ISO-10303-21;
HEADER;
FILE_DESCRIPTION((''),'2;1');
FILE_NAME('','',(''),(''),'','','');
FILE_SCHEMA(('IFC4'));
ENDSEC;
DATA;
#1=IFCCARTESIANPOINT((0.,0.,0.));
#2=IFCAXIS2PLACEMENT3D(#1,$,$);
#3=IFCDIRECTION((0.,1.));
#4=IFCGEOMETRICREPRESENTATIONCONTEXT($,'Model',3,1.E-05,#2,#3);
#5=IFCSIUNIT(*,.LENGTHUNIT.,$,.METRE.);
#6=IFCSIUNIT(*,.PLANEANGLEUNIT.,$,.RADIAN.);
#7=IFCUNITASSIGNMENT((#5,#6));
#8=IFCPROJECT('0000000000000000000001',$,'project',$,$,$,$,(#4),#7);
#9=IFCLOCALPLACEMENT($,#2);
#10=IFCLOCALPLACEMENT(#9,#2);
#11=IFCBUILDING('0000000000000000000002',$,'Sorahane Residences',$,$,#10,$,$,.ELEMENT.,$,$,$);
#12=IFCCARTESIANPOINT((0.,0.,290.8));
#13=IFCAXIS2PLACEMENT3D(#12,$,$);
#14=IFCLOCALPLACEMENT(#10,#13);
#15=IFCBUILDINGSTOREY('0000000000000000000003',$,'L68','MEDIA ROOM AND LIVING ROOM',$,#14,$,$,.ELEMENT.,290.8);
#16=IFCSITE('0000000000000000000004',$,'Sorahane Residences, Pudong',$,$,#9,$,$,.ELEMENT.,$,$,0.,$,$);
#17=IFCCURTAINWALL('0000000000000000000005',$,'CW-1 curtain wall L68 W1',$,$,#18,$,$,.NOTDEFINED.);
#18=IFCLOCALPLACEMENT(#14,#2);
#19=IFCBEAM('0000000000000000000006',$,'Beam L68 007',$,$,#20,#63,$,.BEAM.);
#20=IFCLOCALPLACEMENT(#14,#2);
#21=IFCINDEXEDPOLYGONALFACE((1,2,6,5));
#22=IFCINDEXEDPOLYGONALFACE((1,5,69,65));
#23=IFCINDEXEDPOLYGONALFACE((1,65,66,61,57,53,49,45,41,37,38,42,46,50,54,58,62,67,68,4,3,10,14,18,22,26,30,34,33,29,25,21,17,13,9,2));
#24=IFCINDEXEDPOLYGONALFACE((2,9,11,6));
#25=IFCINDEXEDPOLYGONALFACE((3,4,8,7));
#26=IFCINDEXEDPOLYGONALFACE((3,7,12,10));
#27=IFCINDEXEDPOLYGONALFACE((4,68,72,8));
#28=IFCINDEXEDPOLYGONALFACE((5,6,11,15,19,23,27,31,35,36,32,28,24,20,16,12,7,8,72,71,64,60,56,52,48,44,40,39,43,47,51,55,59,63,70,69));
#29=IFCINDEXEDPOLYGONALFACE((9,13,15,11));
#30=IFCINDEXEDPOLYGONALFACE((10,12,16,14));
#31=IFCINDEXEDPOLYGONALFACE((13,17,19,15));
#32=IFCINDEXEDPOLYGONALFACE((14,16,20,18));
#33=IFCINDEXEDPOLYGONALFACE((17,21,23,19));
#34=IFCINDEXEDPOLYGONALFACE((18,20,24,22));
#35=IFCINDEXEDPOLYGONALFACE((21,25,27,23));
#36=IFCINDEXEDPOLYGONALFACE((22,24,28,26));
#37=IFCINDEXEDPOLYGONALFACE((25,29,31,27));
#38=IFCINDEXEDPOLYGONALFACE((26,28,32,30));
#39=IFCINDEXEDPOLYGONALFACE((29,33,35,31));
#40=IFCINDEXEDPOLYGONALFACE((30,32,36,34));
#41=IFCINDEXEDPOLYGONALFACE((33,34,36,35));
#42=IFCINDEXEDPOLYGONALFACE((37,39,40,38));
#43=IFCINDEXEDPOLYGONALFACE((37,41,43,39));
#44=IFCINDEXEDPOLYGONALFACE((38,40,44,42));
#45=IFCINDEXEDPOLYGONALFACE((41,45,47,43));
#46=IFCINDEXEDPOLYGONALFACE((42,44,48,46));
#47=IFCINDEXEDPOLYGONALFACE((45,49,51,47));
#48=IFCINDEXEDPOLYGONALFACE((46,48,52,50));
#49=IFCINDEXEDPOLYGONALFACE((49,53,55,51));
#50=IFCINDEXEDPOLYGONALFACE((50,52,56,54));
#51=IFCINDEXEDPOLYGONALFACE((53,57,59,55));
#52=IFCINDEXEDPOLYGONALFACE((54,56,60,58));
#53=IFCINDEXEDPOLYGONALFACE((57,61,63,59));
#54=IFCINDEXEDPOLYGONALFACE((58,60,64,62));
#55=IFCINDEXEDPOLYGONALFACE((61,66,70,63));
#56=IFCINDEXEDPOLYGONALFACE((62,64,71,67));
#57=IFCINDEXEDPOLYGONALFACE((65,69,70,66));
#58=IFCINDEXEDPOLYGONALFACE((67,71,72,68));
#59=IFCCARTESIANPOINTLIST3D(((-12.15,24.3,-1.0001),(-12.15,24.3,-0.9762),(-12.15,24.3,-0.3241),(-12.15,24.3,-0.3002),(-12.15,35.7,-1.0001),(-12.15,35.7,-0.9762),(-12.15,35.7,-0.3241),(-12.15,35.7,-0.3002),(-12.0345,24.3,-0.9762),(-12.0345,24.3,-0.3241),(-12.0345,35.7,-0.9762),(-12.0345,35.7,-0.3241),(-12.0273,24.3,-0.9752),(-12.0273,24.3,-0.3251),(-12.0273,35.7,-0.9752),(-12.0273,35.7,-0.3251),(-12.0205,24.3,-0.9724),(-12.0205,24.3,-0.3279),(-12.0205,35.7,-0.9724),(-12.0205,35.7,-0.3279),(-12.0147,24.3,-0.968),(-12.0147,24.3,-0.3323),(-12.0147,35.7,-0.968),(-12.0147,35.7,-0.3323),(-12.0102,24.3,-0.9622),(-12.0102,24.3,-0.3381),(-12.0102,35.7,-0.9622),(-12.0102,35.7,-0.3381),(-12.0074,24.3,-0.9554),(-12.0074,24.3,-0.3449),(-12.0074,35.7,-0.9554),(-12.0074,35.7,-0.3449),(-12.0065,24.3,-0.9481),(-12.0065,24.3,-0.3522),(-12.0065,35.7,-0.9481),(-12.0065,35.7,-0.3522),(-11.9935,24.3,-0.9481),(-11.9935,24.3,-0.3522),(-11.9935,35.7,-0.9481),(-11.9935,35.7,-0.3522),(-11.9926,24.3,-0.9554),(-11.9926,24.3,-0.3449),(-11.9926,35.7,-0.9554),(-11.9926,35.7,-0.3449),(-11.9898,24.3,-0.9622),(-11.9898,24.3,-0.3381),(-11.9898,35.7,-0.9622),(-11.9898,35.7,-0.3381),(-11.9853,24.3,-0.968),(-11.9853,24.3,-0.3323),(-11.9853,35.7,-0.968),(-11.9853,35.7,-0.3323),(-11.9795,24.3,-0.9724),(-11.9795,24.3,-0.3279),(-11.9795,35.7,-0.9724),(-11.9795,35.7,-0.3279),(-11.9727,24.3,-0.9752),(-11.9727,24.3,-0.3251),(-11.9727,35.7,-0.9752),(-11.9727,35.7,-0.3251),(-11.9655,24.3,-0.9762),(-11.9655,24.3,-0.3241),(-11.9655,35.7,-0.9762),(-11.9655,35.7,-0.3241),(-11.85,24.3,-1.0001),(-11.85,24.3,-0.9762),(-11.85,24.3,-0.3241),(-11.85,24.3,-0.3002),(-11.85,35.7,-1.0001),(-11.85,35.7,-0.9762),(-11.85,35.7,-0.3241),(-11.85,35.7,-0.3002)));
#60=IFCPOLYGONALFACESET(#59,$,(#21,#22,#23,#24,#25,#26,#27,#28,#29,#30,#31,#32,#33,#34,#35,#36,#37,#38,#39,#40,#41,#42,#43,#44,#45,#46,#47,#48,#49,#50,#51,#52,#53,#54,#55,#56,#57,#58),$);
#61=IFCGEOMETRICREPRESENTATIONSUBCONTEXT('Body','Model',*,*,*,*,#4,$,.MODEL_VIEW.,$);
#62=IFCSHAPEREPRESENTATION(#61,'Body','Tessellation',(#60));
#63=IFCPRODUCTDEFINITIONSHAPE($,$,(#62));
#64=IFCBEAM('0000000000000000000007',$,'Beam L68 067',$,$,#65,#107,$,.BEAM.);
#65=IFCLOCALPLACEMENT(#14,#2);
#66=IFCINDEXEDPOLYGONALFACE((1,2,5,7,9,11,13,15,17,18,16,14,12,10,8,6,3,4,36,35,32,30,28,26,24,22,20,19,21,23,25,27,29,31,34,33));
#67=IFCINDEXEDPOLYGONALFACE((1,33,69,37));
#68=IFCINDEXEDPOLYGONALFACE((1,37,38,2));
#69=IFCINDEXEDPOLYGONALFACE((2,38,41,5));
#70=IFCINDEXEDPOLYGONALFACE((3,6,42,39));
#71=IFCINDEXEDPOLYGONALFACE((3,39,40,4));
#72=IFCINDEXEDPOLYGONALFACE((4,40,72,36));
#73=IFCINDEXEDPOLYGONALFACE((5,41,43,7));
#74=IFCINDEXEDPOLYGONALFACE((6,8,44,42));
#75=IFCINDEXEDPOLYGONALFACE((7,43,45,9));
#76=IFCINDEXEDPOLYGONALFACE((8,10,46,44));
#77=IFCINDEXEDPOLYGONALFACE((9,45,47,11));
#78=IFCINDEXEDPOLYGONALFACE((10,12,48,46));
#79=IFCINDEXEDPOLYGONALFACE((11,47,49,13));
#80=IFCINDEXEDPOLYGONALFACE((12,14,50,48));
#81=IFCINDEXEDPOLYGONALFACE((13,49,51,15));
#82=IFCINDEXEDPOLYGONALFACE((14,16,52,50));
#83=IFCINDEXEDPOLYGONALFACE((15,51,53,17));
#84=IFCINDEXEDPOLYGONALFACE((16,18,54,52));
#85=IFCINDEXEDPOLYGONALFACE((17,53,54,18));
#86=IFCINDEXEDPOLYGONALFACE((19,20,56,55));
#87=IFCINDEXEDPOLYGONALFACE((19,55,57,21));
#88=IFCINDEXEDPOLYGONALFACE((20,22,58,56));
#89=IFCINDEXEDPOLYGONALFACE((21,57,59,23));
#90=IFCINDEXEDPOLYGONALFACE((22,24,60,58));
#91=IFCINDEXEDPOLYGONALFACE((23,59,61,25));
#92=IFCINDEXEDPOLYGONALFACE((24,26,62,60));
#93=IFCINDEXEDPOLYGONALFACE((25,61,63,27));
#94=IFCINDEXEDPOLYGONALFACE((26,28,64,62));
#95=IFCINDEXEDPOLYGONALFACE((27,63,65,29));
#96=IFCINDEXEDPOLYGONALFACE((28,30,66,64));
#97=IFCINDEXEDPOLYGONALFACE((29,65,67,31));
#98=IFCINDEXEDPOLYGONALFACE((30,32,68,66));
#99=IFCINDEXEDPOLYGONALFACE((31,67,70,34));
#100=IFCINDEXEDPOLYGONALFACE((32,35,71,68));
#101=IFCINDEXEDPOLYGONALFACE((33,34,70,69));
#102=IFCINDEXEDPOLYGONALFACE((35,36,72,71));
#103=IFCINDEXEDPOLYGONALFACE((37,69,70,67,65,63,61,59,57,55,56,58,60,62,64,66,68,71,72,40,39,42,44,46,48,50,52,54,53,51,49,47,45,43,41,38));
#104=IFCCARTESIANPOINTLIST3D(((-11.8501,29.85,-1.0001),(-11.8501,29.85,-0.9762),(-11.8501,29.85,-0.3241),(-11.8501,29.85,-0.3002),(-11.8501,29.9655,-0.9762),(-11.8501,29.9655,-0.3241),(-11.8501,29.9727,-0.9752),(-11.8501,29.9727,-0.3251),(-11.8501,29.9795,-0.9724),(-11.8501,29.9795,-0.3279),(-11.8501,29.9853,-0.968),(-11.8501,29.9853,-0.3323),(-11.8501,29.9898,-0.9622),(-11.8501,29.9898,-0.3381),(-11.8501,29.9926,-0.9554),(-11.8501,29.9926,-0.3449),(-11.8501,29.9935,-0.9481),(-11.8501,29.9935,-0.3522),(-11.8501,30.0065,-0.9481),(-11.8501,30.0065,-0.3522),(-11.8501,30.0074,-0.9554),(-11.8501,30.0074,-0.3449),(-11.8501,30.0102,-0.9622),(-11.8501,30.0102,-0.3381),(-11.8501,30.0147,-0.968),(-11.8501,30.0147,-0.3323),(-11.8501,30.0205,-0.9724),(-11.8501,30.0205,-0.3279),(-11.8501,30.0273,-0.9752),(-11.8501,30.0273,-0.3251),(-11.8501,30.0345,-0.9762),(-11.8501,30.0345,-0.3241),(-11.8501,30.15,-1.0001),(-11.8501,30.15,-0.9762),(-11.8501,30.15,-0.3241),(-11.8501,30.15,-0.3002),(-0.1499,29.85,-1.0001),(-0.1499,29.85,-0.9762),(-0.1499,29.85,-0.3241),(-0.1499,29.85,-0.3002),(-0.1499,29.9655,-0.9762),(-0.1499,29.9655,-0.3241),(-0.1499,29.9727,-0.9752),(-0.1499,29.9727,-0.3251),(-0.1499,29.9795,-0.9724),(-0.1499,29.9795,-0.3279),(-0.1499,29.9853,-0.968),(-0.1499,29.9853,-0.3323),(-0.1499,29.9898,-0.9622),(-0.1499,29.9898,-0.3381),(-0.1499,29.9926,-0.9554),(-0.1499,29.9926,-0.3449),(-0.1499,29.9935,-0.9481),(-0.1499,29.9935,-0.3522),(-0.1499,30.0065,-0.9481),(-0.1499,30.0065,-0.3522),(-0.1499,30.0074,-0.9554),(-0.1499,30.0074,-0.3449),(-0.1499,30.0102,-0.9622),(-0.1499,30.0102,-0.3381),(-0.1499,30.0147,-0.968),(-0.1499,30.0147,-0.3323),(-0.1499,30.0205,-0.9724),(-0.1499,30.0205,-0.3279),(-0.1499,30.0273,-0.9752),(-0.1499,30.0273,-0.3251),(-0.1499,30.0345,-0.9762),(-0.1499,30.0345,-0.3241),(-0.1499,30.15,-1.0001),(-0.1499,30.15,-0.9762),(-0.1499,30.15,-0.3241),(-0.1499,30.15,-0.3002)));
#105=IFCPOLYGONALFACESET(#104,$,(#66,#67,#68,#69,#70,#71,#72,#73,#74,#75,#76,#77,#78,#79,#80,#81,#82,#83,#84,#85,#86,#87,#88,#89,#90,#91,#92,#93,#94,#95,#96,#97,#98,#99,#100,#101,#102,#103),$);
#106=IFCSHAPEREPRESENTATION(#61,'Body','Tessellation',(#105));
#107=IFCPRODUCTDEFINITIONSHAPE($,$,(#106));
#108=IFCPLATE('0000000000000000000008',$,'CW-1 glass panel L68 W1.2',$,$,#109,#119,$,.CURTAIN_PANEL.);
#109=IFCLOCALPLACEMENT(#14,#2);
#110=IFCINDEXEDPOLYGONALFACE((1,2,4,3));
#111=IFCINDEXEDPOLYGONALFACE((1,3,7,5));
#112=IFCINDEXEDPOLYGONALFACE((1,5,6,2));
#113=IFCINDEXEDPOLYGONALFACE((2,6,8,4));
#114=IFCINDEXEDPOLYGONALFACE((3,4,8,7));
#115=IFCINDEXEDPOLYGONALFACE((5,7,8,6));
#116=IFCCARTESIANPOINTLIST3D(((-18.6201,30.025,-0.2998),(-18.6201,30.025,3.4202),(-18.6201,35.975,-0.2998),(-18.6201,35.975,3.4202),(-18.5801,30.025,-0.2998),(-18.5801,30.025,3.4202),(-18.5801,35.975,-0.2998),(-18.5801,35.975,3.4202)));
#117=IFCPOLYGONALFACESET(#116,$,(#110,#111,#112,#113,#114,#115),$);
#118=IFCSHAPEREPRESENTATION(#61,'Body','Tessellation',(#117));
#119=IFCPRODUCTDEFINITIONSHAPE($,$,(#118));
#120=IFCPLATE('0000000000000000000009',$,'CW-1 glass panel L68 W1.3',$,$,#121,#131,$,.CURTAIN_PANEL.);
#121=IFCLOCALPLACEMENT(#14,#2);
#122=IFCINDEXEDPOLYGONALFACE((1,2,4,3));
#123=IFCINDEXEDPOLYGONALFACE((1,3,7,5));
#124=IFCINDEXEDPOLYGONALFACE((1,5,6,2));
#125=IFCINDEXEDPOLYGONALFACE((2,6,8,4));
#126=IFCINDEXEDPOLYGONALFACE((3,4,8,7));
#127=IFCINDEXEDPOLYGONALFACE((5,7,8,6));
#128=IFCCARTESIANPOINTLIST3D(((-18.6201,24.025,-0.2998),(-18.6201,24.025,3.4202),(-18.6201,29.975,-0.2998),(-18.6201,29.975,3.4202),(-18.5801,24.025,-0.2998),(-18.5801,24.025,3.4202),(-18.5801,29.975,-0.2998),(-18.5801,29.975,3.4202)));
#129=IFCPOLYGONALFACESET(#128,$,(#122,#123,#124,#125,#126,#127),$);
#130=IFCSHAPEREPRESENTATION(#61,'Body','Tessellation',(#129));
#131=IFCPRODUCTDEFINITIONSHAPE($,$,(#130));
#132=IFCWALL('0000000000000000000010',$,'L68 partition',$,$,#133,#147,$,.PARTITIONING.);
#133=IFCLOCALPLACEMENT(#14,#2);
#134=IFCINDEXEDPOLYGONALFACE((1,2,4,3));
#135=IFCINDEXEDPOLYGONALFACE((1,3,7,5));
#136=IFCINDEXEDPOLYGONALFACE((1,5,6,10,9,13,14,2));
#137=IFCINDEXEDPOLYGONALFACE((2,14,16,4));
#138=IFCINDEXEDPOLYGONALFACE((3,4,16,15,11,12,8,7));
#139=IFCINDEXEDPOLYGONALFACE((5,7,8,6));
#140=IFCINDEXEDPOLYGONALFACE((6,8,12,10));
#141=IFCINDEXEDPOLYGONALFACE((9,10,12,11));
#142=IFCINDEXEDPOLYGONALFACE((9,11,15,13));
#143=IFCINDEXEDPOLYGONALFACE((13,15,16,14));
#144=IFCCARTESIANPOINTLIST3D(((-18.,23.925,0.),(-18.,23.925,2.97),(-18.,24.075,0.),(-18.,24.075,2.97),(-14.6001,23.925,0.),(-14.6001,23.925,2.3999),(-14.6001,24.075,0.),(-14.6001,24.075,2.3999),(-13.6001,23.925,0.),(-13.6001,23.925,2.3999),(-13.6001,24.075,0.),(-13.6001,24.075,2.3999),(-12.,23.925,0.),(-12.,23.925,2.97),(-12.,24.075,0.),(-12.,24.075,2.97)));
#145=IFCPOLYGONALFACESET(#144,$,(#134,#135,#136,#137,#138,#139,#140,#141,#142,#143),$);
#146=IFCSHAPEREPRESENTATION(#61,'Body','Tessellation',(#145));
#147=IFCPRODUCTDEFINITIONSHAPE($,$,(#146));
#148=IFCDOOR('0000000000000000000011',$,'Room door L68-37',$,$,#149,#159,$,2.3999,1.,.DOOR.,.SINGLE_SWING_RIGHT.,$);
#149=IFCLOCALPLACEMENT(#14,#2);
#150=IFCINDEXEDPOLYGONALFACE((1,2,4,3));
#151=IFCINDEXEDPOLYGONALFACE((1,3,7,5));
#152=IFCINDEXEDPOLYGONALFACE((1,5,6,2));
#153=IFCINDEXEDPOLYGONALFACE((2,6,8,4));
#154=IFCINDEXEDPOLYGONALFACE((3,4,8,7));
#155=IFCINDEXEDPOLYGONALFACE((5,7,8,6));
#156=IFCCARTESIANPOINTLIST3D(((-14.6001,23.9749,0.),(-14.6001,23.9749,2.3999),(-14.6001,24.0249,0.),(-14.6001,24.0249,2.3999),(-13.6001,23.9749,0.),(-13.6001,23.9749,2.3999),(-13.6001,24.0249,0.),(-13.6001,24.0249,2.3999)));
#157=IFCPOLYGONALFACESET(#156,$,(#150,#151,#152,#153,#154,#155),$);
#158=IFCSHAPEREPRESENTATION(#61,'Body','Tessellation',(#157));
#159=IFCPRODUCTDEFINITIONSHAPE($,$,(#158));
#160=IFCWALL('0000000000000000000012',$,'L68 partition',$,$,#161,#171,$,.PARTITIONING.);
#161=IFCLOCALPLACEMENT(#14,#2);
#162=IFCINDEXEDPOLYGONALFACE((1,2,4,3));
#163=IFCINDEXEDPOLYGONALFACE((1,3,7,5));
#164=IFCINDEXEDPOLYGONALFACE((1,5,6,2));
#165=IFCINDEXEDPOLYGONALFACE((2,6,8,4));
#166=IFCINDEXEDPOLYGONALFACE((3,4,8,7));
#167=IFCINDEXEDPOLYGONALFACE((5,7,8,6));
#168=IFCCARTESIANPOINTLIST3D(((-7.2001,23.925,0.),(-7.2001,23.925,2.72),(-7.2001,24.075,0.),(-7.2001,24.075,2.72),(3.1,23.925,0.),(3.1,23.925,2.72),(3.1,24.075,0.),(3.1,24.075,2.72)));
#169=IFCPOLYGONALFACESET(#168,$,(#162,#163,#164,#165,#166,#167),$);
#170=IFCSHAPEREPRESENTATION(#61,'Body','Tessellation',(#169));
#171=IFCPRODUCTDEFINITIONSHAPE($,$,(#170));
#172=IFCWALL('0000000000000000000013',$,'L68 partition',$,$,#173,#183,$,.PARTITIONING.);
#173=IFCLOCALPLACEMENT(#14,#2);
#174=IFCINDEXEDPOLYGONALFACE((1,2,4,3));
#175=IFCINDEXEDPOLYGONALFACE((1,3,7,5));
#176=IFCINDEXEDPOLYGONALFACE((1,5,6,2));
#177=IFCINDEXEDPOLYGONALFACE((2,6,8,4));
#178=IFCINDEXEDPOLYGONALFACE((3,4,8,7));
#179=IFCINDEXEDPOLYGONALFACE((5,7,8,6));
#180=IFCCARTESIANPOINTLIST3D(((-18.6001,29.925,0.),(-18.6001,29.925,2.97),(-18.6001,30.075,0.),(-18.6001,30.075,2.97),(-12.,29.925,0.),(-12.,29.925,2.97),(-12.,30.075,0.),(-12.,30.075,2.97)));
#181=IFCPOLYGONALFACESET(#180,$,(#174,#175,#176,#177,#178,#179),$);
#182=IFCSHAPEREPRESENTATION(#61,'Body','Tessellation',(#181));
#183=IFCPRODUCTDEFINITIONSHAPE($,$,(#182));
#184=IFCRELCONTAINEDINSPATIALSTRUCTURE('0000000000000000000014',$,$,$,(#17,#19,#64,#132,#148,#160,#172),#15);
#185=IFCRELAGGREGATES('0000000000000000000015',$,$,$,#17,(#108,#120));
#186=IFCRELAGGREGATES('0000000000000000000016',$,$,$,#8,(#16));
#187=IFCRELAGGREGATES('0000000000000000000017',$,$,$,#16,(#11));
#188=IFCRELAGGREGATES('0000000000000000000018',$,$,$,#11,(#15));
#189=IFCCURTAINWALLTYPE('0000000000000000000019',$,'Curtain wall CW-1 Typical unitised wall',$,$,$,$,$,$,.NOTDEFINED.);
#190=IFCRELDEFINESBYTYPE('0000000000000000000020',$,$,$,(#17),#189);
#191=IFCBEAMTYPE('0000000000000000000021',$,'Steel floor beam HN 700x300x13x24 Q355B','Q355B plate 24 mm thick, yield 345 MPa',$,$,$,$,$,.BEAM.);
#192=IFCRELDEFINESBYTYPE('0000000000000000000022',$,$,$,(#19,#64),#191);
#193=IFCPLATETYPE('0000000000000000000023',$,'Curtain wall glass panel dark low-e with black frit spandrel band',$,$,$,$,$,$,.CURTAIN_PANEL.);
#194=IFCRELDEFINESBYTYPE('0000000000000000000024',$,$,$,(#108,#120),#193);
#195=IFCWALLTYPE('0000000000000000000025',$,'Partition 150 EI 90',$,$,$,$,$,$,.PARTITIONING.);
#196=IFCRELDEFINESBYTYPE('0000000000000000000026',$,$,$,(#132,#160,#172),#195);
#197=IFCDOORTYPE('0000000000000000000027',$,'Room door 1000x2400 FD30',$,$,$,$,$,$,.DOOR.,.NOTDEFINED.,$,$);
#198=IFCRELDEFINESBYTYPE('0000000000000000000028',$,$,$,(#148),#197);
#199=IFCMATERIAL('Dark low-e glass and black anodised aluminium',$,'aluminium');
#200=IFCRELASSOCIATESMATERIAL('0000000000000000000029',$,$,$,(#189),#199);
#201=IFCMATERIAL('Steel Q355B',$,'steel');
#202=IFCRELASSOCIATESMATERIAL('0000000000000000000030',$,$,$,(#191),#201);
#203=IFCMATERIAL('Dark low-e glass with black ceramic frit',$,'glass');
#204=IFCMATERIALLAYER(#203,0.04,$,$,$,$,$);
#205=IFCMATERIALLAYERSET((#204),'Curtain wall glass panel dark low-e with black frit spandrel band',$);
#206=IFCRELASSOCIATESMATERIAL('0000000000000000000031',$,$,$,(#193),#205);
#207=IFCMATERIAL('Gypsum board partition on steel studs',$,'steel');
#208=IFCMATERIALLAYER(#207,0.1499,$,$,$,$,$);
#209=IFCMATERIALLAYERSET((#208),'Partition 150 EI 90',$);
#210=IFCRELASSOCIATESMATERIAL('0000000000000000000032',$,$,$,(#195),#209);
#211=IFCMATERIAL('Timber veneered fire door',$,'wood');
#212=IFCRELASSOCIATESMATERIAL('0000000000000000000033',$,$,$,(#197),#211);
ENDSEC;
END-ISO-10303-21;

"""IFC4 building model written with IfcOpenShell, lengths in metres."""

from ifc_helpers import new_model, si_unit, direction, frame, frame_2d, origin, origin_2d, place, context, subcontext, project, spatial, rectangle, i_section, extrude, material, layer, layer_set, material_profile, profile_set, type_object, element, fill, aggregate, save


model = new_model("IFC4")

# Units and contexts
model_context = context("Model", 3, precision=1e-05, world=origin(), true_north=direction((0.0, 1.0)))
body_context = subcontext(model_context, "Body", "Model", "MODEL_VIEW")
ifc_project = project(units=[si_unit("LENGTHUNIT", "METRE"), si_unit("PLANEANGLEUNIT", "RADIAN")], contexts=[model_context])

# Site, building, storey
site_placement = place(None, origin())
site = spatial("IfcSite", under=ifc_project, at=site_placement, Name="Sorahane Residences, Pudong", CompositionType="ELEMENT", RefElevation=0.0)
building_placement = place(site_placement, origin())
building = spatial("IfcBuilding", under=site, at=building_placement, Name="Sorahane Residences", CompositionType="ELEMENT")
storey_placement = place(building_placement, frame((0.0, 0.0, 290.8)))
storey = spatial("IfcBuildingStorey", under=building, at=storey_placement, Name="L68", Description="MEDIA ROOM AND LIVING ROOM", CompositionType="ELEMENT", Elevation=290.8)

# Curtain wall
ifc_material_1 = material(Name="Dark low-e glass and black anodised aluminium", Category="aluminium")
curtain_wall_type = type_object("IfcCurtainWallType", Name="Curtain wall CW-1 Typical unitised wall", PredefinedType="NOTDEFINED", material=ifc_material_1)
curtain_wall_placement = place(storey_placement, origin())
curtain_wall = element("IfcCurtainWall", 1, at=curtain_wall_placement, inside=storey, type_object=curtain_wall_type, Name="CW-1 curtain wall L68 W1", PredefinedType="NOTDEFINED")

# Beams
ifc_material_2 = material(Name="Steel Q355B", Category="steel")
ifc_material_profile_1 = material_profile(ifc_material_2, i_section(OverallWidth=0.3, OverallDepth=0.7, WebThickness=0.0129, FlangeThickness=0.0239, FilletRadius=0.0281, at=origin_2d()), Name="HN 700x300x13x24")
ifc_profile_set_1 = profile_set([ifc_material_profile_1], Name="Steel Q355B")
beam_type_1 = type_object("IfcBeamType", Name="Steel floor beam HN 700x300x13x24 Q355B", Description="Q355B plate 24 mm thick, yield 345 MPa", PredefinedType="BEAM", material=ifc_profile_set_1)
for number, where, z_axis, x_axis, name in (
    (2, (-12.0, 24.3, -0.6501), (0.0, 1.0, 0.0), (-1.0, 0.0, 0.0), "Beam L68 007"),
):
    element("IfcBeam", number, at=place(storey_placement, frame(where, z_axis=z_axis, x_axis=x_axis)), inside=storey, type_object=beam_type_1, Name=name, PredefinedType="BEAM", context=body_context, shape_type="SweptSolid", body=[
        extrude(i_section(OverallWidth=0.3, OverallDepth=0.7, WebThickness=0.0129, FlangeThickness=0.0239, FilletRadius=0.0281, at=origin_2d()), origin(), (0.0, 0.0, 1.0), 11.3999),
    ])
beam_1_placement = place(storey_placement, frame((-11.8501, 30.0, -0.6501), z_axis=(1.0, 0.0, 0.0), x_axis=(0.0, 1.0, 0.0)))
element("IfcBeam", 3, at=beam_1_placement, inside=storey, type_object=beam_type_1, Name="Beam L68 067", PredefinedType="BEAM", context=body_context, shape_type="SweptSolid", body=[
    extrude(i_section(OverallWidth=0.3, OverallDepth=0.7, WebThickness=0.0129, FlangeThickness=0.0239, FilletRadius=0.0281, at=origin_2d()), origin(), (0.0, 0.0, 1.0), 11.7002),
])

# Plates
ifc_material_3 = material(Name="Dark low-e glass with black ceramic frit", Category="glass")
ifc_layer_1 = layer(ifc_material_3, 0.04)
ifc_layer_set_1 = layer_set([ifc_layer_1], Name="Curtain wall glass panel dark low-e with black frit spandrel band")
plate_type = type_object("IfcPlateType", Name="Curtain wall glass panel dark low-e with black frit spandrel band", PredefinedType="CURTAIN_PANEL", material=ifc_layer_set_1)
plate_1_placement = place(storey_placement, frame((-18.6001, 33.0, -0.2998), z_axis=(0.0, 0.0, 1.0), x_axis=(0.0, -1.0, 0.0)))
plate_1 = element("IfcPlate", 4, at=plate_1_placement, type_object=plate_type, Name="CW-1 glass panel L68 W1.2", PredefinedType="CURTAIN_PANEL", context=body_context, shape_type="SweptSolid", body=[
    extrude(rectangle(XDim=5.95, YDim=0.04, at=origin_2d()), origin(), (0.0, 0.0, 1.0), 3.72),
])
plate_2_placement = place(storey_placement, frame((-18.6001, 27.0, -0.2998), z_axis=(0.0, 0.0, 1.0), x_axis=(0.0, -1.0, 0.0)))
plate_2 = element("IfcPlate", 5, at=plate_2_placement, type_object=plate_type, Name="CW-1 glass panel L68 W1.3", PredefinedType="CURTAIN_PANEL", context=body_context, shape_type="SweptSolid", body=[
    extrude(rectangle(XDim=5.95, YDim=0.04, at=origin_2d()), origin(), (0.0, 0.0, 1.0), 3.72),
])
aggregate(curtain_wall, [plate_1, plate_2])

# Wall, opening, door
ifc_material_4 = material(Name="Gypsum board partition on steel studs", Category="steel")
ifc_layer_2 = layer(ifc_material_4, 0.1499)
ifc_layer_set_2 = layer_set([ifc_layer_2], Name="Partition 150 EI 90")
wall_type_1 = type_object("IfcWallType", Name="Partition 150 EI 90", PredefinedType="PARTITIONING", material=ifc_layer_set_2)
ifc_material_5 = material(Name="Timber veneered fire door", Category="wood")
door_type_1 = type_object("IfcDoorType", Name="Room door 1000x2400 FD30", OperationType="NOTDEFINED", PredefinedType="DOOR", material=ifc_material_5)
wall_1_placement = place(storey_placement, frame((-18.0, 24.0, 0.0), z_axis=(0.0, 0.0, 1.0), x_axis=(1.0, 0.0, 0.0)))
wall_1 = element("IfcWall", 6, at=wall_1_placement, inside=storey, type_object=wall_type_1, Name="L68 partition", PredefinedType="PARTITIONING", context=body_context, shape_type="SweptSolid", body=[
    extrude(rectangle(XDim=6.0, YDim=0.1499, at=frame_2d((3.0, 0.0))), origin(), (0.0, 0.0, 1.0), 2.97),
])
opening_1_placement = place(wall_1_placement, frame((3.3999, 0.0, 0.0)))
opening_1 = element("IfcOpeningElement", 7, at=opening_1_placement, cuts=wall_1, PredefinedType="OPENING", context=body_context, shape_type="SweptSolid", body=[
    extrude(rectangle(XDim=1.0, YDim=2.3999, at=frame_2d((0.5, 1.2))), frame((0.0, 0.085, 0.0), z_axis=(0.0, -1.0, 0.0), x_axis=(1.0, 0.0, 0.0)), (0.0, 0.0, 1.0), 0.1699),
])
door_1_placement = place(opening_1_placement, origin())
door_1 = element("IfcDoor", 8, at=door_1_placement, inside=storey, type_object=door_type_1, Name="Room door L68-37", OperationType="SINGLE_SWING_RIGHT", OverallHeight=2.3999, OverallWidth=1.0, PredefinedType="DOOR", context=body_context, shape_type="SweptSolid", body=[
    extrude(rectangle(XDim=1.0, YDim=2.3999, at=frame_2d((0.5, 1.2))), frame((0.0, 0.0249, 0.0), z_axis=(0.0, -1.0, 0.0), x_axis=(1.0, 0.0, 0.0)), (0.0, 0.0, 1.0), 0.05),
])
fill(opening_1, door_1)

# Walls
wall_2_placement = place(storey_placement, frame((-7.2, 24.0, 0.0), z_axis=(0.0, 0.0, 1.0), x_axis=(1.0, 0.0, 0.0)))
element("IfcWall", 9, at=wall_2_placement, inside=storey, type_object=wall_type_1, Name="L68 partition", PredefinedType="PARTITIONING", context=body_context, shape_type="SweptSolid", body=[
    extrude(rectangle(XDim=10.3, YDim=0.1499, at=frame_2d((5.1499, 0.0))), origin(), (0.0, 0.0, 1.0), 2.72),
])
wall_3_placement = place(storey_placement, frame((-18.6001, 30.0, 0.0), z_axis=(0.0, 0.0, 1.0), x_axis=(1.0, 0.0, 0.0)))
element("IfcWall", 10, at=wall_3_placement, inside=storey, type_object=wall_type_1, Name="L68 partition", PredefinedType="PARTITIONING", context=body_context, shape_type="SweptSolid", body=[
    extrude(rectangle(XDim=6.6001, YDim=0.1499, at=frame_2d((3.3, 0.0))), origin(), (0.0, 0.0, 1.0), 2.97),
])

save(model, "model.ifc")
